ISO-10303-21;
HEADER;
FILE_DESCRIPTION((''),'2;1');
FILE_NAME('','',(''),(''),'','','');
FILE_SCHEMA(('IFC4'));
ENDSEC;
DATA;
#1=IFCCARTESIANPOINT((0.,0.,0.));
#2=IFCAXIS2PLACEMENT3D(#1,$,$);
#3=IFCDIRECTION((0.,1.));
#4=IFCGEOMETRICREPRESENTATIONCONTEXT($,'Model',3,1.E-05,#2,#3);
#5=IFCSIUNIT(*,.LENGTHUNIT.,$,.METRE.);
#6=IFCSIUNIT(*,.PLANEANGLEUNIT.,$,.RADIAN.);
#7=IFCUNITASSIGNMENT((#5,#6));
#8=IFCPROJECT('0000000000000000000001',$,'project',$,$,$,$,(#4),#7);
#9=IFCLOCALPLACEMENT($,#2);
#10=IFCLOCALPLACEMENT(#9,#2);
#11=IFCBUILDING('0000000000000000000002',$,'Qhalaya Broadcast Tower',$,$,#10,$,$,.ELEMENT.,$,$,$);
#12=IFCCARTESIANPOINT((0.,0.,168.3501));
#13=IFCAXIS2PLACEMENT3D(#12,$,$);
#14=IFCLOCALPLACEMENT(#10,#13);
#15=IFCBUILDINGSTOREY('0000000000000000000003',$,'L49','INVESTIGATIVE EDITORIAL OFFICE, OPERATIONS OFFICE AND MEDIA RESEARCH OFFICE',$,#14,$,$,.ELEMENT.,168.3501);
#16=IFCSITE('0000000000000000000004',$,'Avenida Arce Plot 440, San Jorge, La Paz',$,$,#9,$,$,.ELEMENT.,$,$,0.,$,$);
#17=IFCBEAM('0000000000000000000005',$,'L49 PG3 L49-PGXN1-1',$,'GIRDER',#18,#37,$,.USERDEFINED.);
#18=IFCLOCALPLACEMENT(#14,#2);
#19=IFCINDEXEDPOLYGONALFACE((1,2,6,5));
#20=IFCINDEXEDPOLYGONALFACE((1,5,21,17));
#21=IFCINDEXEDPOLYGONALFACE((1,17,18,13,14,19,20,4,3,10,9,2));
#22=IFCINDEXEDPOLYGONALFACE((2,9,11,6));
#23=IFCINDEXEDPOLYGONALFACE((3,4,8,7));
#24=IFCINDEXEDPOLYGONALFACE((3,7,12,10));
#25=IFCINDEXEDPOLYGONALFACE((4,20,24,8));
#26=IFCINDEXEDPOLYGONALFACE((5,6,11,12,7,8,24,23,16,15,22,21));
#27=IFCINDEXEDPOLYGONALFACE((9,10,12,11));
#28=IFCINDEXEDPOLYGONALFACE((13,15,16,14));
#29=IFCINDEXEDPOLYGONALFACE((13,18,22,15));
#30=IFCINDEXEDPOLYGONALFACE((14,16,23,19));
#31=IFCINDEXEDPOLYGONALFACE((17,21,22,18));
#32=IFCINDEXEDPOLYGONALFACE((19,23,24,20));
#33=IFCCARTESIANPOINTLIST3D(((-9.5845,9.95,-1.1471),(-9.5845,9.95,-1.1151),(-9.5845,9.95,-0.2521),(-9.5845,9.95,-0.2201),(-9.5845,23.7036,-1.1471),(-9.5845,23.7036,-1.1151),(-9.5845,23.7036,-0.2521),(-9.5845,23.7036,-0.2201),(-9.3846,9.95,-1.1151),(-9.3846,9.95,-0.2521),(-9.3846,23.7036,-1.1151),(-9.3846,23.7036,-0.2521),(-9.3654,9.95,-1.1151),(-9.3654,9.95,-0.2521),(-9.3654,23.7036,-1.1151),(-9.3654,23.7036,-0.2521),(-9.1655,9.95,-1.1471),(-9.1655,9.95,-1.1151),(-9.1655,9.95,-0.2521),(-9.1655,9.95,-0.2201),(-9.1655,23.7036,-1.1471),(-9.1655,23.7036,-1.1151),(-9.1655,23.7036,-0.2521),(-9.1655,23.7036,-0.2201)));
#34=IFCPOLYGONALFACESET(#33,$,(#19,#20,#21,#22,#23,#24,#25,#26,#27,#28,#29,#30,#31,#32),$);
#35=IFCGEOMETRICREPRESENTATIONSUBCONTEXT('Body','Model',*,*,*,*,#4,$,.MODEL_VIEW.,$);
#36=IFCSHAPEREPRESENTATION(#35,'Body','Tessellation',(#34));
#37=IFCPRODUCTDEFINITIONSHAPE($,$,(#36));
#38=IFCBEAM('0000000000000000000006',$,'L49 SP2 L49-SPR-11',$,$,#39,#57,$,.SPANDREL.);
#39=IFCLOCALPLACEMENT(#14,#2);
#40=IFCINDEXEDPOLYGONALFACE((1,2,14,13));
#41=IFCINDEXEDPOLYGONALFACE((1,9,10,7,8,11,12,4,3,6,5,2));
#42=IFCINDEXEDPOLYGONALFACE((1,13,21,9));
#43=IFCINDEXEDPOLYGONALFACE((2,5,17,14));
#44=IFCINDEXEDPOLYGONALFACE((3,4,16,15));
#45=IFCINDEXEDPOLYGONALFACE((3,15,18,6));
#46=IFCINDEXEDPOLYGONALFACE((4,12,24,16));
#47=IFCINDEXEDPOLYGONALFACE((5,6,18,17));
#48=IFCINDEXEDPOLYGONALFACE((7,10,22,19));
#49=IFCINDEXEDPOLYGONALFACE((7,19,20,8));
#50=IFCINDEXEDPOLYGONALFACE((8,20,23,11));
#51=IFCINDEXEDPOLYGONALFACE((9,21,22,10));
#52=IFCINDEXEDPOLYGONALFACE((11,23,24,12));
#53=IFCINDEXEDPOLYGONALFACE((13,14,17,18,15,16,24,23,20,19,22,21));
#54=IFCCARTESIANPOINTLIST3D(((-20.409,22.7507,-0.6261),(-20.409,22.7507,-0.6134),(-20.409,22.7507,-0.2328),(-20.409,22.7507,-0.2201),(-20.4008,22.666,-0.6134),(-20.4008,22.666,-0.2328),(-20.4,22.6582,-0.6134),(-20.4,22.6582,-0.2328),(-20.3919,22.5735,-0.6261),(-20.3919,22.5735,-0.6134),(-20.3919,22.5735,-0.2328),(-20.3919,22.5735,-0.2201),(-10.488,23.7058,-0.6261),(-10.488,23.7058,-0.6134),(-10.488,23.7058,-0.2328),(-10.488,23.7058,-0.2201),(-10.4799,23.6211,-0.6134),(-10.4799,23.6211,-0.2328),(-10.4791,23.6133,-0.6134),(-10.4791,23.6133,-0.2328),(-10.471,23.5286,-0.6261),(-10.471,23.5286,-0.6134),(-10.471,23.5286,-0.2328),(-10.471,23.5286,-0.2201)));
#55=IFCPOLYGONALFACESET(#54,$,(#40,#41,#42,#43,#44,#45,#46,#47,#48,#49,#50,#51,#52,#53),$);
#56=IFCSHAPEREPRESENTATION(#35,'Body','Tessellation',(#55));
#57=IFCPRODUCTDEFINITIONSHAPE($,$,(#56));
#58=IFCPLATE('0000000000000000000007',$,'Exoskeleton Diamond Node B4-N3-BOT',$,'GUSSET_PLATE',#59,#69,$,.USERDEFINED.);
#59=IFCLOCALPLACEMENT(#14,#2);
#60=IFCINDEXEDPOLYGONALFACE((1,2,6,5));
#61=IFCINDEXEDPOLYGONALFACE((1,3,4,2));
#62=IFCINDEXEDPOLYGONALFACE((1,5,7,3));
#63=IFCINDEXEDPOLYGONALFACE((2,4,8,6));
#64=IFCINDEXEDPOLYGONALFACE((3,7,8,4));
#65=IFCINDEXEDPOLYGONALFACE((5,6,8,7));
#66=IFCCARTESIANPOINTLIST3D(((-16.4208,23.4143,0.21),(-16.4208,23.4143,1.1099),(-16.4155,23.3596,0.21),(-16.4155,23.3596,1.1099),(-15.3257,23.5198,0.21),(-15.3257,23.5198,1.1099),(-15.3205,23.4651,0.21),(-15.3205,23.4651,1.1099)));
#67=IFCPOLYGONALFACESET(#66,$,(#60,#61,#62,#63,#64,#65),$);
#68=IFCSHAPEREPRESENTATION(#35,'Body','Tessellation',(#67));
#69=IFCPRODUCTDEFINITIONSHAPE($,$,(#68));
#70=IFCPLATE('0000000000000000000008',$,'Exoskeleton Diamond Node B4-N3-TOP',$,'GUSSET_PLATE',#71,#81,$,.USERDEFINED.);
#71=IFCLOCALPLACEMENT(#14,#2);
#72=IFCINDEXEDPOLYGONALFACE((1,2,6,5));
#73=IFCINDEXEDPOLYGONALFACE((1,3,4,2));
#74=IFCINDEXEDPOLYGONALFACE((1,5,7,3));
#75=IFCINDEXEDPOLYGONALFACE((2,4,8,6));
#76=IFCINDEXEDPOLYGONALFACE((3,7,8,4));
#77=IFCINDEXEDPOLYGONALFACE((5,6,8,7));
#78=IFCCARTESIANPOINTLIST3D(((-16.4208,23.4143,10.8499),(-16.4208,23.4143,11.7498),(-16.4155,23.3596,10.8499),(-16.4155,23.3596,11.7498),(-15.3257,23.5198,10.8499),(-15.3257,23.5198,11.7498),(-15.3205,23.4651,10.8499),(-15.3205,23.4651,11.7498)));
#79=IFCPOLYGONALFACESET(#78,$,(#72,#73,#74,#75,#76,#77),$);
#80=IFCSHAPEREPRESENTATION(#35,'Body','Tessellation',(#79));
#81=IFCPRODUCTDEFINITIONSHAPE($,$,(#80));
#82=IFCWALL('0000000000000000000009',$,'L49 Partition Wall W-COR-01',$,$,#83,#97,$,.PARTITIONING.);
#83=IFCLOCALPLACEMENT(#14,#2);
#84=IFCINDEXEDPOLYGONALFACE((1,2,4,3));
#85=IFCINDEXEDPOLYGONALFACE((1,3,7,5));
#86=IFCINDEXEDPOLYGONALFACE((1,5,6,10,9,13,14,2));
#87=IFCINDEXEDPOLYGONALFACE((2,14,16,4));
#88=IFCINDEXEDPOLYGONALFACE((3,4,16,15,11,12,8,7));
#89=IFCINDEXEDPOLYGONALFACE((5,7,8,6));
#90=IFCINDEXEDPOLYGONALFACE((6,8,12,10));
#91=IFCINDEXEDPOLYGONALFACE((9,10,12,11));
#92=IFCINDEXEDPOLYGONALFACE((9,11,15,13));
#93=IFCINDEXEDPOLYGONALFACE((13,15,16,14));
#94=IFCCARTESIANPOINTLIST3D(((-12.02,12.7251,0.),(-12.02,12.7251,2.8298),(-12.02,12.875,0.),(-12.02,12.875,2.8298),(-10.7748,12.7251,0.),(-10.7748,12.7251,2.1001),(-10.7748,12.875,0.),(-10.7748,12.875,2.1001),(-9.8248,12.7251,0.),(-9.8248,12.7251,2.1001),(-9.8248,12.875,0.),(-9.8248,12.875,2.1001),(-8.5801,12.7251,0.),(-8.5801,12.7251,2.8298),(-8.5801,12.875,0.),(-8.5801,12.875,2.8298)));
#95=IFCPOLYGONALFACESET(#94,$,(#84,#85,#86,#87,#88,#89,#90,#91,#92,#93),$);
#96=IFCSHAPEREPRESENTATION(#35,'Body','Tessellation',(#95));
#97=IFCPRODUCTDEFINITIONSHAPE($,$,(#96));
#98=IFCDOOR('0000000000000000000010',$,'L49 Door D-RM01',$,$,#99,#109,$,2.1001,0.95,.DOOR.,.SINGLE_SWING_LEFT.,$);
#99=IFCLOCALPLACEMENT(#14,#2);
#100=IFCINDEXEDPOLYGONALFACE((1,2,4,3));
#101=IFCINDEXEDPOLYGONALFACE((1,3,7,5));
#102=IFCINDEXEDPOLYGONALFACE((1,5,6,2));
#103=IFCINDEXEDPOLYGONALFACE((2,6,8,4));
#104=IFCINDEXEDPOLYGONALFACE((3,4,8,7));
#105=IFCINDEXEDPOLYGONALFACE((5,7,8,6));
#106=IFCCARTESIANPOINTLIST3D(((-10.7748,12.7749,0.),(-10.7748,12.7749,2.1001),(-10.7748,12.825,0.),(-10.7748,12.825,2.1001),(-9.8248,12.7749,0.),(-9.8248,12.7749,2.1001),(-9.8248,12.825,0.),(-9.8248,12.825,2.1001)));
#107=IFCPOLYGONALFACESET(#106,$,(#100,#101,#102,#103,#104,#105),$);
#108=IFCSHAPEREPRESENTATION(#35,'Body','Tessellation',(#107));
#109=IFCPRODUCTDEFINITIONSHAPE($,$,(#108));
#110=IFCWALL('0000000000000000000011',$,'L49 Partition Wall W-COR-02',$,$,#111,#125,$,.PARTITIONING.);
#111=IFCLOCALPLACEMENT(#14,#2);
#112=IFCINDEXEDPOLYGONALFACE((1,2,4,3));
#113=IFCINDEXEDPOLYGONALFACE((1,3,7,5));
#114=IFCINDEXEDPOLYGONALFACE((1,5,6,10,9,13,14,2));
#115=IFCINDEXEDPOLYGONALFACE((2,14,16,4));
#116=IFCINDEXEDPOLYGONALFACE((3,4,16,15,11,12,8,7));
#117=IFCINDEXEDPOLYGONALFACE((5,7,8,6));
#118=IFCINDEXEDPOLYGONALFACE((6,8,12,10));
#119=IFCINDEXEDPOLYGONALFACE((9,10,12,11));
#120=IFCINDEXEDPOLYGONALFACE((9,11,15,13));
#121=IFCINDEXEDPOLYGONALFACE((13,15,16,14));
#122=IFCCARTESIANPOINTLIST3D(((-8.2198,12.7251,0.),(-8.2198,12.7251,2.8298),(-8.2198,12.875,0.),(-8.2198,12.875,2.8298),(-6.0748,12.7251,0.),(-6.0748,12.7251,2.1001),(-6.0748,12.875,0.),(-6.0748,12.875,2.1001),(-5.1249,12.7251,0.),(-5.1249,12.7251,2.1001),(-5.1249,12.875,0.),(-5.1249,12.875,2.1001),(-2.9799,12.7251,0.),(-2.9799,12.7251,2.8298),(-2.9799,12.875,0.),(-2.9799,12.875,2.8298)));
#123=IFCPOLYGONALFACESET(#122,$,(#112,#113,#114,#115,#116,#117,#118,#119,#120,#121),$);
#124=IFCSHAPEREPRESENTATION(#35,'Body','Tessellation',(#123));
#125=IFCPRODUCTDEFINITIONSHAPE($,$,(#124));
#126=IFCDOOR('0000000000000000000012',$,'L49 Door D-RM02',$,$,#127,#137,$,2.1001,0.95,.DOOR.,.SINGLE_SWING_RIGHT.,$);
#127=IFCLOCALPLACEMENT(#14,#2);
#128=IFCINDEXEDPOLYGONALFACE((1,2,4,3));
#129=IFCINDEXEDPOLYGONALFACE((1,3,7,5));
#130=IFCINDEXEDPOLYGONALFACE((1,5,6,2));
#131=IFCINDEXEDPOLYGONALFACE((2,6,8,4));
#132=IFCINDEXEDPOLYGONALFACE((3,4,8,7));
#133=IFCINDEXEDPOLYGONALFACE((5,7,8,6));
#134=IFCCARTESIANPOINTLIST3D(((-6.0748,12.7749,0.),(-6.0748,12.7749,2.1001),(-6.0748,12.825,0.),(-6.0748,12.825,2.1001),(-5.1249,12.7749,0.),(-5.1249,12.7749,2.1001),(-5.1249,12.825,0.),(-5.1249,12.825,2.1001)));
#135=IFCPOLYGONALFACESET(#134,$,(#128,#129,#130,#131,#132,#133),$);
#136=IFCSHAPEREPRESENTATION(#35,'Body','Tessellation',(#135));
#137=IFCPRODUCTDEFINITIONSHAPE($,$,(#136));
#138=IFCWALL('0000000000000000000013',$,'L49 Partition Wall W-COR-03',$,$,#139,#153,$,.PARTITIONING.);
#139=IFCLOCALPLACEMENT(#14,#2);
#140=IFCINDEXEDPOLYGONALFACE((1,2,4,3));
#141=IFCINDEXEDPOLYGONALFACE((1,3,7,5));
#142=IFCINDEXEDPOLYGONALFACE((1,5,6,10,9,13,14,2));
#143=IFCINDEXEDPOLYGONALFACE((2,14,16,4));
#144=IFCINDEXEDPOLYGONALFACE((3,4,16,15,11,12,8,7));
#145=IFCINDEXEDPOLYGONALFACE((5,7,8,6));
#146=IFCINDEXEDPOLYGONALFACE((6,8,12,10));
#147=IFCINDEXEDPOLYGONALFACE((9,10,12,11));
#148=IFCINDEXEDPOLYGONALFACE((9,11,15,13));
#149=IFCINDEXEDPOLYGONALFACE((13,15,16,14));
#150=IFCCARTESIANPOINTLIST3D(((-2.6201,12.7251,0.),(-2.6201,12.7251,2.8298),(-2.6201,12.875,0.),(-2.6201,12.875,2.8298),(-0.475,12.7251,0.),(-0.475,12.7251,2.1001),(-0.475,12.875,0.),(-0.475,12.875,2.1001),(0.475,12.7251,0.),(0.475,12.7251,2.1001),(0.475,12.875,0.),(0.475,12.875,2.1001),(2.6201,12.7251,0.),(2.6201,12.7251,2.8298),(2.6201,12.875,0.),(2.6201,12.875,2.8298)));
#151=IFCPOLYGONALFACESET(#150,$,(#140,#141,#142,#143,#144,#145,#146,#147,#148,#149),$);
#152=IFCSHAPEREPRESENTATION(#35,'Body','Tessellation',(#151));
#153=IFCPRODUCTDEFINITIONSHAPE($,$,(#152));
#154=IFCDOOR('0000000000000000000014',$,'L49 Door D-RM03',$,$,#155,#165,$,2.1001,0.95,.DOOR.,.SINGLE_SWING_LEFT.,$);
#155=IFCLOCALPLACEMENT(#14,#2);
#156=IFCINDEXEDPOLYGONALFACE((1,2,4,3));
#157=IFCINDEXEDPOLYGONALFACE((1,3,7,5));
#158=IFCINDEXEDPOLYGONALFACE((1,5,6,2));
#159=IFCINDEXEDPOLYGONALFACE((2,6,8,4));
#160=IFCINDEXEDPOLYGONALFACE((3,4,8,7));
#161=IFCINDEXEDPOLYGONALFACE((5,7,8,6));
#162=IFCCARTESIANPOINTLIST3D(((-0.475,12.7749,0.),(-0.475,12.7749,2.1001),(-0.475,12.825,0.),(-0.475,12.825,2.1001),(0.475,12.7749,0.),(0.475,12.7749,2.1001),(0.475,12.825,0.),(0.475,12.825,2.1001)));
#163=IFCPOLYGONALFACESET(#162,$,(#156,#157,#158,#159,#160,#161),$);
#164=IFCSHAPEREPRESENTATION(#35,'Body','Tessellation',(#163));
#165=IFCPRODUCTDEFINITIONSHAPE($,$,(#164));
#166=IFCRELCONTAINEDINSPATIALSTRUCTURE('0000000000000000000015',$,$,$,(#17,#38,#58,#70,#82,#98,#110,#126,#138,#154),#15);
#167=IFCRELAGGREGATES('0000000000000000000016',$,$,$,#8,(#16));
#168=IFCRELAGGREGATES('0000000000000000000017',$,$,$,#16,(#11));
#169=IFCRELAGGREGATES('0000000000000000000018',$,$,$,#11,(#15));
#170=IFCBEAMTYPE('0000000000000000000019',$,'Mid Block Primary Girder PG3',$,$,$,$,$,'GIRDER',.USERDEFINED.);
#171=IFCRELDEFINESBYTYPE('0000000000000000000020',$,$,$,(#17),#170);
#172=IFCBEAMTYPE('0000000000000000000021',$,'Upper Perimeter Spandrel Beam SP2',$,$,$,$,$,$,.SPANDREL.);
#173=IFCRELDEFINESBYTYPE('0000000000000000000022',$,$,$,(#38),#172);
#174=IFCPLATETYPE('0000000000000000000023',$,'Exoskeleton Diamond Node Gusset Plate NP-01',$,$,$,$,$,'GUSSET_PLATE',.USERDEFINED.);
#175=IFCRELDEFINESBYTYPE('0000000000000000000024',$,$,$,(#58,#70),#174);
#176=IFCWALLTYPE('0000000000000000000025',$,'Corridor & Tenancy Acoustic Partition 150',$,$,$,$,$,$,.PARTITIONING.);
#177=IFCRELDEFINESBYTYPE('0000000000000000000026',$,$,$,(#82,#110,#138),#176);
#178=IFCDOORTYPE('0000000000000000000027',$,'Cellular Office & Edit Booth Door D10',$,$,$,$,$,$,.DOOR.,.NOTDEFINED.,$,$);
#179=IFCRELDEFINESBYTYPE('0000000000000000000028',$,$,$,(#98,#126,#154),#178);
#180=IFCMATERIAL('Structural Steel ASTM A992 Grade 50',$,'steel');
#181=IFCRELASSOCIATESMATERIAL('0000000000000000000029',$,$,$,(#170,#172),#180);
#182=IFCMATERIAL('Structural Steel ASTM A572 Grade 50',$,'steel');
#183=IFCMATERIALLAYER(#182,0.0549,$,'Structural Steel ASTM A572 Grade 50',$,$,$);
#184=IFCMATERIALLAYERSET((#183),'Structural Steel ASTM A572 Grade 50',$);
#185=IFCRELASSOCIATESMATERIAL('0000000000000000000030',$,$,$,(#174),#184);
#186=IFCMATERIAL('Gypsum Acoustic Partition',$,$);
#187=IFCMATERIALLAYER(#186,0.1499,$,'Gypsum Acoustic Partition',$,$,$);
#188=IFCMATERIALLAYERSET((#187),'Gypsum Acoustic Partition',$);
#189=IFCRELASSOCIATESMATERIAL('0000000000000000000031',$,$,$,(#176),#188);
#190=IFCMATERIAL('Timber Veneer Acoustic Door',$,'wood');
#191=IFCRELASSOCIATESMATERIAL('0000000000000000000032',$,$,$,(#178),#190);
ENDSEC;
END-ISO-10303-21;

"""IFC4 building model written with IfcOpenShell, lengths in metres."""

from ifc_helpers import new_model, si_unit, direction, frame, frame_2d, origin, origin_2d, place, context, subcontext, project, spatial, rectangle, i_section, extrude, material, layer, layer_set, material_profile, profile_set, type_object, element, fill, save


model = new_model("IFC4")

# Units and contexts
model_context = context("Model", 3, precision=1e-05, world=origin(), true_north=direction((0.0, 1.0)))
body_context = subcontext(model_context, "Body", "Model", "MODEL_VIEW")
ifc_project = project(units=[si_unit("LENGTHUNIT", "METRE"), si_unit("PLANEANGLEUNIT", "RADIAN")], contexts=[model_context])

# Site, building, storey
site_placement = place(None, origin())
site = spatial("IfcSite", under=ifc_project, at=site_placement, Name="Avenida Arce Plot 440, San Jorge, La Paz", CompositionType="ELEMENT", RefElevation=0.0)
building_placement = place(site_placement, origin())
building = spatial("IfcBuilding", under=site, at=building_placement, Name="Qhalaya Broadcast Tower", CompositionType="ELEMENT")
storey_placement = place(building_placement, frame((0.0, 0.0, 168.3501)))
storey = spatial("IfcBuildingStorey", under=building, at=storey_placement, Name="L49", Description="INVESTIGATIVE EDITORIAL OFFICE, OPERATIONS OFFICE AND MEDIA RESEARCH OFFICE", CompositionType="ELEMENT", Elevation=168.3501)

# Shared definitions
ifc_material_1 = material(Name="Structural Steel ASTM A992 Grade 50", Category="steel")

# Shared definitions
ifc_material_2 = material(Name="Structural Steel ASTM A572 Grade 50", Category="steel")

# Beams
ifc_material_profile_1 = material_profile(ifc_material_1, i_section(OverallWidth=0.4189, OverallDepth=0.927, WebThickness=0.0193, FlangeThickness=0.032, at=origin_2d()), Name="W36X231")
ifc_profile_set_1 = profile_set([ifc_material_profile_1], Name="Structural Steel ASTM A992 Grade 50")
beam_type_1 = type_object("IfcBeamType", Name="Mid Block Primary Girder PG3", ElementType="GIRDER", PredefinedType="USERDEFINED", material=ifc_profile_set_1)
beam_1_placement = place(storey_placement, frame((-9.375, 9.95, -0.6836), z_axis=(0.0, 1.0, 0.0), x_axis=(-1.0, 0.0, 0.0)))
element("IfcBeam", 1, at=beam_1_placement, inside=storey, type_object=beam_type_1, Name="L49 PG3 L49-PGXN1-1", ObjectType="GIRDER", PredefinedType="USERDEFINED", context=body_context, shape_type="SweptSolid", body=[
    extrude(i_section(OverallWidth=0.4189, OverallDepth=0.927, WebThickness=0.0193, FlangeThickness=0.032, at=origin_2d()), origin(), (0.0, 0.0, 1.0), 13.7537),
])
ifc_material_profile_2 = material_profile(ifc_material_1, i_section(OverallWidth=0.178, OverallDepth=0.406, WebThickness=0.0078, FlangeThickness=0.0127, at=origin_2d()), Name="W16X40")
ifc_profile_set_2 = profile_set([ifc_material_profile_2], Name="Structural Steel ASTM A992 Grade 50")
beam_type_2 = type_object("IfcBeamType", Name="Upper Perimeter Spandrel Beam SP2", PredefinedType="SPANDREL", material=ifc_profile_set_2)
beam_2_placement = place(storey_placement, frame((-10.4795, 23.6172, -0.4231), z_axis=(-0.995398, -0.095826, 0.0), x_axis=(0.095826, -0.995398, 0.0)))
element("IfcBeam", 2, at=beam_2_placement, inside=storey, type_object=beam_type_2, Name="L49 SP2 L49-SPR-11", PredefinedType="SPANDREL", context=body_context, shape_type="SweptSolid", body=[
    extrude(i_section(OverallWidth=0.178, OverallDepth=0.406, WebThickness=0.0078, FlangeThickness=0.0127, at=origin_2d()), origin(), (0.0, 0.0, 1.0), 9.9668),
])

# Plates
ifc_layer_1 = layer(ifc_material_2, 0.0549, Name="Structural Steel ASTM A572 Grade 50")
ifc_layer_set_1 = layer_set([ifc_layer_1], Name="Structural Steel ASTM A572 Grade 50")
plate_type = type_object("IfcPlateType", Name="Exoskeleton Diamond Node Gusset Plate NP-01", ElementType="GUSSET_PLATE", PredefinedType="USERDEFINED", material=ifc_layer_set_1)
for number, where, z_axis, x_axis, name in (
    (3, (-15.8706, 23.4397, 0.21), (0.0, 0.0, 1.0), (0.995396, 0.095846, 0.0), "Exoskeleton Diamond Node B4-N3-BOT"),
    (4, (-15.8706, 23.4397, 10.8499), (0.0, 0.0, 1.0), (0.995396, 0.095846, 0.0), "Exoskeleton Diamond Node B4-N3-TOP"),
):
    element("IfcPlate", number, at=place(storey_placement, frame(where, z_axis=z_axis, x_axis=x_axis)), inside=storey, type_object=plate_type, Name=name, ObjectType="GUSSET_PLATE", PredefinedType="USERDEFINED", context=body_context, shape_type="SweptSolid", body=[
        extrude(rectangle(XDim=1.1001, YDim=0.0549, at=origin_2d()), origin(), (0.0, 0.0, 1.0), 0.8999),
    ])

# Walls, openings, doors
ifc_material_3 = material(Name="Gypsum Acoustic Partition")
ifc_layer_2 = layer(ifc_material_3, 0.1499, Name="Gypsum Acoustic Partition")
ifc_layer_set_2 = layer_set([ifc_layer_2], Name="Gypsum Acoustic Partition")
wall_type_1 = type_object("IfcWallType", Name="Corridor & Tenancy Acoustic Partition 150", PredefinedType="PARTITIONING", material=ifc_layer_set_2)
wall_1_placement = place(storey_placement, frame((-12.02, 12.8, 0.0), z_axis=(0.0, 0.0, 1.0), x_axis=(1.0, 0.0, 0.0)))
wall_1 = element("IfcWall", 5, at=wall_1_placement, inside=storey, type_object=wall_type_1, Name="L49 Partition Wall W-COR-01", PredefinedType="PARTITIONING", context=body_context, shape_type="SweptSolid", body=[
    extrude(rectangle(XDim=3.4399, YDim=0.1499, at=frame_2d((1.72, 0.0))), origin(), (0.0, 0.0, 1.0), 2.8298),
])
opening_1_placement = place(wall_1_placement, frame((1.2451, 0.0, 0.0)))
opening_1 = element("IfcOpeningElement", 6, at=opening_1_placement, cuts=wall_1, PredefinedType="OPENING", context=body_context, shape_type="SweptSolid", body=[
    extrude(rectangle(XDim=0.95, YDim=2.1001, at=frame_2d((0.4751, 1.05))), frame((0.0, 0.0869, 0.0), z_axis=(0.0, -1.0, 0.0), x_axis=(1.0, 0.0, 0.0)), (0.0, 0.0, 1.0), 0.1738),
])
ifc_material_4 = material(Name="Timber Veneer Acoustic Door", Category="wood")
door_type_1 = type_object("IfcDoorType", Name="Cellular Office & Edit Booth Door D10", OperationType="NOTDEFINED", PredefinedType="DOOR", material=ifc_material_4)
door_1_placement = place(opening_1_placement, origin())
door_1 = element("IfcDoor", 7, at=door_1_placement, inside=storey, type_object=door_type_1, Name="L49 Door D-RM01", OperationType="SINGLE_SWING_LEFT", OverallHeight=2.1001, OverallWidth=0.95, PredefinedType="DOOR", context=body_context, shape_type="SweptSolid", body=[
    extrude(rectangle(XDim=0.95, YDim=2.1001, at=frame_2d((0.4751, 1.05))), frame((0.0, 0.0249, 0.0), z_axis=(0.0, -1.0, 0.0), x_axis=(1.0, 0.0, 0.0)), (0.0, 0.0, 1.0), 0.05),
])
fill(opening_1, door_1)
wall_2_placement = place(storey_placement, frame((-8.22, 12.8, 0.0), z_axis=(0.0, 0.0, 1.0), x_axis=(1.0, 0.0, 0.0)))
wall_2 = element("IfcWall", 8, at=wall_2_placement, inside=storey, type_object=wall_type_1, Name="L49 Partition Wall W-COR-02", PredefinedType="PARTITIONING", context=body_context, shape_type="SweptSolid", body=[
    extrude(rectangle(XDim=5.24, YDim=0.1499, at=frame_2d((2.6201, 0.0))), origin(), (0.0, 0.0, 1.0), 2.8298),
])
opening_2_placement = place(wall_2_placement, frame((2.145, 0.0, 0.0)))
opening_2 = element("IfcOpeningElement", 9, at=opening_2_placement, cuts=wall_2, PredefinedType="OPENING", context=body_context, shape_type="SweptSolid", body=[
    extrude(rectangle(XDim=0.95, YDim=2.1001, at=frame_2d((0.4751, 1.05))), frame((0.0, 0.0869, 0.0), z_axis=(0.0, -1.0, 0.0), x_axis=(1.0, 0.0, 0.0)), (0.0, 0.0, 1.0), 0.1738),
])
door_2_placement = place(opening_2_placement, origin())
door_2 = element("IfcDoor", 10, at=door_2_placement, inside=storey, type_object=door_type_1, Name="L49 Door D-RM02", OperationType="SINGLE_SWING_RIGHT", OverallHeight=2.1001, OverallWidth=0.95, PredefinedType="DOOR", context=body_context, shape_type="SweptSolid", body=[
    extrude(rectangle(XDim=0.95, YDim=2.1001, at=frame_2d((0.4751, 1.05))), frame((0.0, 0.0249, 0.0), z_axis=(0.0, -1.0, 0.0), x_axis=(1.0, 0.0, 0.0)), (0.0, 0.0, 1.0), 0.05),
])
fill(opening_2, door_2)
wall_3_placement = place(storey_placement, frame((-2.6201, 12.8, 0.0), z_axis=(0.0, 0.0, 1.0), x_axis=(1.0, 0.0, 0.0)))
wall_3 = element("IfcWall", 11, at=wall_3_placement, inside=storey, type_object=wall_type_1, Name="L49 Partition Wall W-COR-03", PredefinedType="PARTITIONING", context=body_context, shape_type="SweptSolid", body=[
    extrude(rectangle(XDim=5.2402, YDim=0.1499, at=frame_2d((2.6201, 0.0))), origin(), (0.0, 0.0, 1.0), 2.8298),
])
opening_3_placement = place(wall_3_placement, frame((2.145, 0.0, 0.0)))
opening_3 = element("IfcOpeningElement", 12, at=opening_3_placement, cuts=wall_3, PredefinedType="OPENING", context=body_context, shape_type="SweptSolid", body=[
    extrude(rectangle(XDim=0.95, YDim=2.1001, at=frame_2d((0.4751, 1.05))), frame((0.0, 0.0869, 0.0), z_axis=(0.0, -1.0, 0.0), x_axis=(1.0, 0.0, 0.0)), (0.0, 0.0, 1.0), 0.1738),
])
door_3_placement = place(opening_3_placement, origin())
door_3 = element("IfcDoor", 13, at=door_3_placement, inside=storey, type_object=door_type_1, Name="L49 Door D-RM03", OperationType="SINGLE_SWING_LEFT", OverallHeight=2.1001, OverallWidth=0.95, PredefinedType="DOOR", context=body_context, shape_type="SweptSolid", body=[
    extrude(rectangle(XDim=0.95, YDim=2.1001, at=frame_2d((0.4751, 1.05))), frame((0.0, 0.0249, 0.0), z_axis=(0.0, -1.0, 0.0), x_axis=(1.0, 0.0, 0.0)), (0.0, 0.0, 1.0), 0.05),
])
fill(opening_3, door_3)

save(model, "model.ifc")
